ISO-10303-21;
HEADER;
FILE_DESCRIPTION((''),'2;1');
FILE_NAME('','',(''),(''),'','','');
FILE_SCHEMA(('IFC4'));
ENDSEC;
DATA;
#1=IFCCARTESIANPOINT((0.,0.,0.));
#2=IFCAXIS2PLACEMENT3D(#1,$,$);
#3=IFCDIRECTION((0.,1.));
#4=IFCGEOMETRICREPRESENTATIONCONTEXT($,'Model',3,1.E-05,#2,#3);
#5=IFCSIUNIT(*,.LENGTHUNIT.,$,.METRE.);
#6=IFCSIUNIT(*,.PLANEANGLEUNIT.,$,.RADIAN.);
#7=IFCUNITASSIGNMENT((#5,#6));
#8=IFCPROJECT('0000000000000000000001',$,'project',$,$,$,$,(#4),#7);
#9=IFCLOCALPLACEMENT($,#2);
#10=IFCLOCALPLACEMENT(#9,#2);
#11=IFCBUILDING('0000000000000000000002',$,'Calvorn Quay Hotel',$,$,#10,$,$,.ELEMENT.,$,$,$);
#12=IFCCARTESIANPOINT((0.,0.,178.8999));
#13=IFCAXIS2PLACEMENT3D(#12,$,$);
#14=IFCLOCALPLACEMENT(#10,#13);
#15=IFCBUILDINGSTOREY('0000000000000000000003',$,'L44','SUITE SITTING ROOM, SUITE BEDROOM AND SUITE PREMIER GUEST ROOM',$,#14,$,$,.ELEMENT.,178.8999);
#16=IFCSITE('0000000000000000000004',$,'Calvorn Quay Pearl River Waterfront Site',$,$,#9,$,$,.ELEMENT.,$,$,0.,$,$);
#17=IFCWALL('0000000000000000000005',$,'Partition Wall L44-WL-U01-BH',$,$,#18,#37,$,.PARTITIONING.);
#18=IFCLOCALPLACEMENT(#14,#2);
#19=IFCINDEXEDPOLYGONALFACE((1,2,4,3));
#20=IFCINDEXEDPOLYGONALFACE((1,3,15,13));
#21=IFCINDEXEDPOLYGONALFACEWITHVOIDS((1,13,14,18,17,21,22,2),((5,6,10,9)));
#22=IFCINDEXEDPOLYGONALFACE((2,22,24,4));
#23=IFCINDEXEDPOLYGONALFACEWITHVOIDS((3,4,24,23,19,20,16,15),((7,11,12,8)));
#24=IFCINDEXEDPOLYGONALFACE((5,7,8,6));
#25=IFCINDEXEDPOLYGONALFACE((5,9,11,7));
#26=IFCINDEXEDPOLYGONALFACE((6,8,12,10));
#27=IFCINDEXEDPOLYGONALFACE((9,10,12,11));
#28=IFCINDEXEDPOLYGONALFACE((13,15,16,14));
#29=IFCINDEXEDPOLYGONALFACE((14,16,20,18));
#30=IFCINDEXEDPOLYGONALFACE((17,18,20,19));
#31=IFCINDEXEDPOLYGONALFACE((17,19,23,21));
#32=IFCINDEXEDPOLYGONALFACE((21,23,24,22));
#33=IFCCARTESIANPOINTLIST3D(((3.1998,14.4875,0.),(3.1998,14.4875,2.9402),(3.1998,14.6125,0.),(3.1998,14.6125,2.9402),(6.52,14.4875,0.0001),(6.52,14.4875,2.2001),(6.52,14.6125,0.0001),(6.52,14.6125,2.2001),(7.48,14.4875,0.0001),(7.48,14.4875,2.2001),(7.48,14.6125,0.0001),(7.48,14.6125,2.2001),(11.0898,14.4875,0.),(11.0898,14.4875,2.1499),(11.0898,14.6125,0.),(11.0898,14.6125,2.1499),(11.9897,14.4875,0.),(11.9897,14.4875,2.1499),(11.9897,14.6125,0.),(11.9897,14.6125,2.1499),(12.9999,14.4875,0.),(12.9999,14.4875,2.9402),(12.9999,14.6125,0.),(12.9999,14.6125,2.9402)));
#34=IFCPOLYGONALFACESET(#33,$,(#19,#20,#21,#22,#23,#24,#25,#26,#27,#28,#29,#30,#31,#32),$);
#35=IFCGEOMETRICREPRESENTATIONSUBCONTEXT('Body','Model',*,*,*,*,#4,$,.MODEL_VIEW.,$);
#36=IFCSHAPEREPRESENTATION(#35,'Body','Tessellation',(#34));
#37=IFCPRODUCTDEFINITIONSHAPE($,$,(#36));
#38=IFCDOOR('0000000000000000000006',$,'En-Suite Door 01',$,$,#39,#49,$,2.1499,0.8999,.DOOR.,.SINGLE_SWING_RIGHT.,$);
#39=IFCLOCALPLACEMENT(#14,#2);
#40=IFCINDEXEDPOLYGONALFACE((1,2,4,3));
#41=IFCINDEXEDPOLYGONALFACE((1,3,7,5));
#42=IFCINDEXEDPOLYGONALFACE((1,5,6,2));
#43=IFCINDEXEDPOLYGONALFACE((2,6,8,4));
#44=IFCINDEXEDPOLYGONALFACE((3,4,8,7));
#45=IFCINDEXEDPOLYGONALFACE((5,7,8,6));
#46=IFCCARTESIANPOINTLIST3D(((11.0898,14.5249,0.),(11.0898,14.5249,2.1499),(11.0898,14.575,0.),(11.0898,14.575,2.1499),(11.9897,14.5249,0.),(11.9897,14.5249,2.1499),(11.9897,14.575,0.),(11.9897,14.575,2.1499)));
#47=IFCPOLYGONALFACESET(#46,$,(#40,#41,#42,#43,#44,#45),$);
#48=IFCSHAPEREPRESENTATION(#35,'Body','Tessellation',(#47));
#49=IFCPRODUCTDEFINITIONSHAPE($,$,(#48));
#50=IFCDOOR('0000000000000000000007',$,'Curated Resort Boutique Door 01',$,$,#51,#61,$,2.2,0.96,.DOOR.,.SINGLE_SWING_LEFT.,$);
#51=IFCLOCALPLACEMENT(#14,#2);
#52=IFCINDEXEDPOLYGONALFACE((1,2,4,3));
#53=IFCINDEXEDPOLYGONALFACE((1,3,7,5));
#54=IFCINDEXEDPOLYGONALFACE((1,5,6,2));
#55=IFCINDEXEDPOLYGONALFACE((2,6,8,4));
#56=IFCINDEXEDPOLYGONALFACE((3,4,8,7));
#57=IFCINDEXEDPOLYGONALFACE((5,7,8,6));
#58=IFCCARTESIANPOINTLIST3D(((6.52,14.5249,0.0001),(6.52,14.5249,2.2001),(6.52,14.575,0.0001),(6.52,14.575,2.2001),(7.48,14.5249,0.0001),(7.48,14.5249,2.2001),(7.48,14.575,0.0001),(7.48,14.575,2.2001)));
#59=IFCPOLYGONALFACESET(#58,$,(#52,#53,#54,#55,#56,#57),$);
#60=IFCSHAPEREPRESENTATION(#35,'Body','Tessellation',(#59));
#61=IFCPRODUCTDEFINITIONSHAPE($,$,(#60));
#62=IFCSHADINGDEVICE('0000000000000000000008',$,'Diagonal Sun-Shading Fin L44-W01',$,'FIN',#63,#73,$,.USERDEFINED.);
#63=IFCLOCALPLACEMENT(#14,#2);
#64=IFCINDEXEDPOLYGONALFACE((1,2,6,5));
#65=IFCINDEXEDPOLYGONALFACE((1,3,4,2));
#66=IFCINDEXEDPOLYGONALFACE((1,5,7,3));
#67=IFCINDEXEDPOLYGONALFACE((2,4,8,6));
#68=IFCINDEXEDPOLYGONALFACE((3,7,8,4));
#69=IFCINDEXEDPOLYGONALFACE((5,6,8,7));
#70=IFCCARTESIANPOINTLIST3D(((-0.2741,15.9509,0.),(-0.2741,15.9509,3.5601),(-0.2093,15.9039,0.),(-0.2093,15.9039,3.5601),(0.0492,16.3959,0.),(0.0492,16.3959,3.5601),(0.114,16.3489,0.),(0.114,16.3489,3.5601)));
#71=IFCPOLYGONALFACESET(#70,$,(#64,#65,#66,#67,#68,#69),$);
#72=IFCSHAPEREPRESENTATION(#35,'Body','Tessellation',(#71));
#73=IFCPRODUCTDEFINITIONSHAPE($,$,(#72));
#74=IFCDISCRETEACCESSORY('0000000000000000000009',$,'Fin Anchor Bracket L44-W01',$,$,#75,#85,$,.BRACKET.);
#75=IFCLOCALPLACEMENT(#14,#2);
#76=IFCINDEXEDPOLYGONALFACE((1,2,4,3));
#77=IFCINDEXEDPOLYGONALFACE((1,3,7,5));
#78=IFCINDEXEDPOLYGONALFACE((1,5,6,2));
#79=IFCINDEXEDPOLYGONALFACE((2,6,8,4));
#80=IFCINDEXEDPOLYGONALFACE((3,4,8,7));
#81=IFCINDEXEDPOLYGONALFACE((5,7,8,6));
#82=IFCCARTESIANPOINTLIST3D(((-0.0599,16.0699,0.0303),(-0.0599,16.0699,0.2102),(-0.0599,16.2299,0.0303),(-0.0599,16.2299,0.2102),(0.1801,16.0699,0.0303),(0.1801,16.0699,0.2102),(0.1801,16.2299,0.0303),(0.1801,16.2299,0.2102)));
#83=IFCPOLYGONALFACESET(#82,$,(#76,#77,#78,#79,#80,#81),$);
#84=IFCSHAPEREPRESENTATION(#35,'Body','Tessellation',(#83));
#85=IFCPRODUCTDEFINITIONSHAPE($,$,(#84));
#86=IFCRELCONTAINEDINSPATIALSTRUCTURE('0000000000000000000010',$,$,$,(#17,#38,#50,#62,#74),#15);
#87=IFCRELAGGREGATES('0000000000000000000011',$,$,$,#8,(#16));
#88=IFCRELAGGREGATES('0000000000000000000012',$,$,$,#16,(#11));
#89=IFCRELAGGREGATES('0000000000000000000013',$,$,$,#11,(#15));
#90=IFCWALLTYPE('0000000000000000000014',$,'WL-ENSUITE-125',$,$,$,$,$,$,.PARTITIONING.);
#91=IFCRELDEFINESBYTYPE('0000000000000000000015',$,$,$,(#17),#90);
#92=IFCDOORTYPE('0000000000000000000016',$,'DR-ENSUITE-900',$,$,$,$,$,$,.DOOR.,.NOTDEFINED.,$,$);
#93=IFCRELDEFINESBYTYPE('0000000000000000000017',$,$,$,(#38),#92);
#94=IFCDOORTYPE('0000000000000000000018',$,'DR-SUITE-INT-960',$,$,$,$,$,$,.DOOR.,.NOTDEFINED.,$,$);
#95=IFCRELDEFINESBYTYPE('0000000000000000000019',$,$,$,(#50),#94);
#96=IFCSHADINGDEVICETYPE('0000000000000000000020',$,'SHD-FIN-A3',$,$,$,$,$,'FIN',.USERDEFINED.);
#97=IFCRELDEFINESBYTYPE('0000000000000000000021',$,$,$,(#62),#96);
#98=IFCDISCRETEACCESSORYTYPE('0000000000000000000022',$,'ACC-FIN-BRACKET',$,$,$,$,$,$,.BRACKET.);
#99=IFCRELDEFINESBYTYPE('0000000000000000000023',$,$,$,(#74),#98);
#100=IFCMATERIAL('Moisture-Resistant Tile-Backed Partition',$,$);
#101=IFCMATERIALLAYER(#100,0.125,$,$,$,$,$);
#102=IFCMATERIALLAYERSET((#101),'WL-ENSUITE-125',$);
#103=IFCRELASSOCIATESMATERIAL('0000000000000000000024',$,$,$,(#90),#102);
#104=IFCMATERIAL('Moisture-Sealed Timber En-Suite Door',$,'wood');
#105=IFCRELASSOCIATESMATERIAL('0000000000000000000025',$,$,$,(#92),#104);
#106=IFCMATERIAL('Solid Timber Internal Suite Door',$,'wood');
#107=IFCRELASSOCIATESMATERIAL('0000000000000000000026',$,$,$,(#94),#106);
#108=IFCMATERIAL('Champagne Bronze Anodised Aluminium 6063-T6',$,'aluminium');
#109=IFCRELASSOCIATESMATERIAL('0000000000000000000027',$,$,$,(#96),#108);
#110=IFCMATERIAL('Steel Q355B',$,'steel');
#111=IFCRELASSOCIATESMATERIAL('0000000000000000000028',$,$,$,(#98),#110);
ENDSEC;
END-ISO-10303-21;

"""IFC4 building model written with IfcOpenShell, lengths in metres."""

from ifc_helpers import new_model, si_unit, direction, frame, frame_2d, origin, origin_2d, place, context, subcontext, project, spatial, rectangle, extrude, material, layer, layer_set, type_object, element, fill, save


model = new_model("IFC4")

# Units and contexts
model_context = context("Model", 3, precision=1e-05, world=origin(), true_north=direction((0.0, 1.0)))
body_context = subcontext(model_context, "Body", "Model", "MODEL_VIEW")
ifc_project = project(units=[si_unit("LENGTHUNIT", "METRE"), si_unit("PLANEANGLEUNIT", "RADIAN")], contexts=[model_context])

# Site, building, storey
site_placement = place(None, origin())
site = spatial("IfcSite", under=ifc_project, at=site_placement, Name="Calvorn Quay Pearl River Waterfront Site", CompositionType="ELEMENT", RefElevation=0.0)
building_placement = place(site_placement, origin())
building = spatial("IfcBuilding", under=site, at=building_placement, Name="Calvorn Quay Hotel", CompositionType="ELEMENT")
storey_placement = place(building_placement, frame((0.0, 0.0, 178.8999)))
storey = spatial("IfcBuildingStorey", under=building, at=storey_placement, Name="L44", Description="SUITE SITTING ROOM, SUITE BEDROOM AND SUITE PREMIER GUEST ROOM", CompositionType="ELEMENT", Elevation=178.8999)

# Wall, openings, doors
ifc_material_1 = material(Name="Moisture-Resistant Tile-Backed Partition")
ifc_layer_1 = layer(ifc_material_1, 0.125)
ifc_layer_set_1 = layer_set([ifc_layer_1], Name="WL-ENSUITE-125")
wall_type_1 = type_object("IfcWallType", Name="WL-ENSUITE-125", PredefinedType="PARTITIONING", material=ifc_layer_set_1)
wall_1_placement = place(storey_placement, frame((3.2, 14.55, 0.0), z_axis=(0.0, 0.0, 1.0), x_axis=(1.0, 0.0, 0.0)))
wall_1 = element("IfcWall", 1, at=wall_1_placement, inside=storey, type_object=wall_type_1, Name="Partition Wall L44-WL-U01-BH", PredefinedType="PARTITIONING", context=body_context, shape_type="SweptSolid", body=[
    extrude(rectangle(XDim=9.8, YDim=0.125, at=frame_2d((4.8999, 0.0))), origin(), (0.0, 0.0, 1.0), 2.9402),
])
opening_1_placement = place(wall_1_placement, frame((3.3201, 0.0, 0.0)))
opening_1 = element("IfcOpeningElement", 2, at=opening_1_placement, cuts=wall_1, PredefinedType="OPENING", context=body_context, shape_type="SweptSolid", body=[
    extrude(rectangle(XDim=0.96, YDim=2.2, at=frame_2d((0.48, 1.1001))), frame((0.0, 0.0725, 0.0), z_axis=(0.0, -1.0, 0.0), x_axis=(1.0, 0.0, 0.0)), (0.0, 0.0, 1.0), 0.145),
])
opening_2_placement = place(wall_1_placement, frame((7.8899, 0.0, 0.0)))
opening_2 = element("IfcOpeningElement", 3, at=opening_2_placement, cuts=wall_1, PredefinedType="OPENING", context=body_context, shape_type="SweptSolid", body=[
    extrude(rectangle(XDim=0.8999, YDim=2.1499, at=frame_2d((0.45, 1.075))), frame((0.0, 0.0725, 0.0), z_axis=(0.0, -1.0, 0.0), x_axis=(1.0, 0.0, 0.0)), (0.0, 0.0, 1.0), 0.145),
])
ifc_material_2 = material(Name="Moisture-Sealed Timber En-Suite Door", Category="wood")
door_type_1 = type_object("IfcDoorType", Name="DR-ENSUITE-900", OperationType="NOTDEFINED", PredefinedType="DOOR", material=ifc_material_2)
door_1_placement = place(opening_2_placement, origin())
door_1 = element("IfcDoor", 4, at=door_1_placement, inside=storey, type_object=door_type_1, Name="En-Suite Door 01", OperationType="SINGLE_SWING_RIGHT", OverallHeight=2.1499, OverallWidth=0.8999, PredefinedType="DOOR", context=body_context, shape_type="SweptSolid", body=[
    extrude(rectangle(XDim=0.8999, YDim=2.1499, at=frame_2d((0.45, 1.075))), frame((0.0, 0.0249, 0.0), z_axis=(0.0, -1.0, 0.0), x_axis=(1.0, 0.0, 0.0)), (0.0, 0.0, 1.0), 0.05),
])
fill(opening_2, door_1)
ifc_material_3 = material(Name="Solid Timber Internal Suite Door", Category="wood")
door_type_2 = type_object("IfcDoorType", Name="DR-SUITE-INT-960", OperationType="NOTDEFINED", PredefinedType="DOOR", material=ifc_material_3)
door_2_placement = place(opening_1_placement, origin())
door_2 = element("IfcDoor", 5, at=door_2_placement, inside=storey, type_object=door_type_2, Name="Curated Resort Boutique Door 01", OperationType="SINGLE_SWING_LEFT", OverallHeight=2.2, OverallWidth=0.96, PredefinedType="DOOR", context=body_context, shape_type="SweptSolid", body=[
    extrude(rectangle(XDim=0.96, YDim=2.2, at=frame_2d((0.48, 1.1001))), frame((0.0, 0.0249, 0.0), z_axis=(0.0, -1.0, 0.0), x_axis=(1.0, 0.0, 0.0)), (0.0, 0.0, 1.0), 0.05),
])
fill(opening_1, door_2)

# Shading device
ifc_material_4 = material(Name="Champagne Bronze Anodised Aluminium 6063-T6", Category="aluminium")
shading_device_type = type_object("IfcShadingDeviceType", Name="SHD-FIN-A3", ElementType="FIN", PredefinedType="USERDEFINED", material=ifc_material_4)
shading_device_placement = place(storey_placement, frame((-0.0801, 16.1499, 0.0), z_axis=(0.0, 0.0, 1.0), x_axis=(0.587785, 0.809017, 0.0)))
element("IfcShadingDevice", 6, at=shading_device_placement, inside=storey, type_object=shading_device_type, Name="Diagonal Sun-Shading Fin L44-W01", ObjectType="FIN", PredefinedType="USERDEFINED", context=body_context, shape_type="SweptSolid", body=[
    extrude(rectangle(XDim=0.55, YDim=0.0801, at=origin_2d()), origin(), (0.0, 0.0, 1.0), 3.5601),
])

# Discrete accessory
ifc_material_5 = material(Name="Steel Q355B", Category="steel")
discrete_accessory_type = type_object("IfcDiscreteAccessoryType", Name="ACC-FIN-BRACKET", PredefinedType="BRACKET", material=ifc_material_5)
discrete_accessory_placement = place(storey_placement, frame((0.0601, 16.1499, 0.0303), z_axis=(0.0, 0.0, 1.0), x_axis=(1.0, 0.0, 0.0)))
element("IfcDiscreteAccessory", 7, at=discrete_accessory_placement, inside=storey, type_object=discrete_accessory_type, Name="Fin Anchor Bracket L44-W01", PredefinedType="BRACKET", context=body_context, shape_type="SweptSolid", body=[
    extrude(rectangle(XDim=0.24, YDim=0.1599, at=origin_2d()), origin(), (0.0, 0.0, 1.0), 0.1799),
])

save(model, "model.ifc")
